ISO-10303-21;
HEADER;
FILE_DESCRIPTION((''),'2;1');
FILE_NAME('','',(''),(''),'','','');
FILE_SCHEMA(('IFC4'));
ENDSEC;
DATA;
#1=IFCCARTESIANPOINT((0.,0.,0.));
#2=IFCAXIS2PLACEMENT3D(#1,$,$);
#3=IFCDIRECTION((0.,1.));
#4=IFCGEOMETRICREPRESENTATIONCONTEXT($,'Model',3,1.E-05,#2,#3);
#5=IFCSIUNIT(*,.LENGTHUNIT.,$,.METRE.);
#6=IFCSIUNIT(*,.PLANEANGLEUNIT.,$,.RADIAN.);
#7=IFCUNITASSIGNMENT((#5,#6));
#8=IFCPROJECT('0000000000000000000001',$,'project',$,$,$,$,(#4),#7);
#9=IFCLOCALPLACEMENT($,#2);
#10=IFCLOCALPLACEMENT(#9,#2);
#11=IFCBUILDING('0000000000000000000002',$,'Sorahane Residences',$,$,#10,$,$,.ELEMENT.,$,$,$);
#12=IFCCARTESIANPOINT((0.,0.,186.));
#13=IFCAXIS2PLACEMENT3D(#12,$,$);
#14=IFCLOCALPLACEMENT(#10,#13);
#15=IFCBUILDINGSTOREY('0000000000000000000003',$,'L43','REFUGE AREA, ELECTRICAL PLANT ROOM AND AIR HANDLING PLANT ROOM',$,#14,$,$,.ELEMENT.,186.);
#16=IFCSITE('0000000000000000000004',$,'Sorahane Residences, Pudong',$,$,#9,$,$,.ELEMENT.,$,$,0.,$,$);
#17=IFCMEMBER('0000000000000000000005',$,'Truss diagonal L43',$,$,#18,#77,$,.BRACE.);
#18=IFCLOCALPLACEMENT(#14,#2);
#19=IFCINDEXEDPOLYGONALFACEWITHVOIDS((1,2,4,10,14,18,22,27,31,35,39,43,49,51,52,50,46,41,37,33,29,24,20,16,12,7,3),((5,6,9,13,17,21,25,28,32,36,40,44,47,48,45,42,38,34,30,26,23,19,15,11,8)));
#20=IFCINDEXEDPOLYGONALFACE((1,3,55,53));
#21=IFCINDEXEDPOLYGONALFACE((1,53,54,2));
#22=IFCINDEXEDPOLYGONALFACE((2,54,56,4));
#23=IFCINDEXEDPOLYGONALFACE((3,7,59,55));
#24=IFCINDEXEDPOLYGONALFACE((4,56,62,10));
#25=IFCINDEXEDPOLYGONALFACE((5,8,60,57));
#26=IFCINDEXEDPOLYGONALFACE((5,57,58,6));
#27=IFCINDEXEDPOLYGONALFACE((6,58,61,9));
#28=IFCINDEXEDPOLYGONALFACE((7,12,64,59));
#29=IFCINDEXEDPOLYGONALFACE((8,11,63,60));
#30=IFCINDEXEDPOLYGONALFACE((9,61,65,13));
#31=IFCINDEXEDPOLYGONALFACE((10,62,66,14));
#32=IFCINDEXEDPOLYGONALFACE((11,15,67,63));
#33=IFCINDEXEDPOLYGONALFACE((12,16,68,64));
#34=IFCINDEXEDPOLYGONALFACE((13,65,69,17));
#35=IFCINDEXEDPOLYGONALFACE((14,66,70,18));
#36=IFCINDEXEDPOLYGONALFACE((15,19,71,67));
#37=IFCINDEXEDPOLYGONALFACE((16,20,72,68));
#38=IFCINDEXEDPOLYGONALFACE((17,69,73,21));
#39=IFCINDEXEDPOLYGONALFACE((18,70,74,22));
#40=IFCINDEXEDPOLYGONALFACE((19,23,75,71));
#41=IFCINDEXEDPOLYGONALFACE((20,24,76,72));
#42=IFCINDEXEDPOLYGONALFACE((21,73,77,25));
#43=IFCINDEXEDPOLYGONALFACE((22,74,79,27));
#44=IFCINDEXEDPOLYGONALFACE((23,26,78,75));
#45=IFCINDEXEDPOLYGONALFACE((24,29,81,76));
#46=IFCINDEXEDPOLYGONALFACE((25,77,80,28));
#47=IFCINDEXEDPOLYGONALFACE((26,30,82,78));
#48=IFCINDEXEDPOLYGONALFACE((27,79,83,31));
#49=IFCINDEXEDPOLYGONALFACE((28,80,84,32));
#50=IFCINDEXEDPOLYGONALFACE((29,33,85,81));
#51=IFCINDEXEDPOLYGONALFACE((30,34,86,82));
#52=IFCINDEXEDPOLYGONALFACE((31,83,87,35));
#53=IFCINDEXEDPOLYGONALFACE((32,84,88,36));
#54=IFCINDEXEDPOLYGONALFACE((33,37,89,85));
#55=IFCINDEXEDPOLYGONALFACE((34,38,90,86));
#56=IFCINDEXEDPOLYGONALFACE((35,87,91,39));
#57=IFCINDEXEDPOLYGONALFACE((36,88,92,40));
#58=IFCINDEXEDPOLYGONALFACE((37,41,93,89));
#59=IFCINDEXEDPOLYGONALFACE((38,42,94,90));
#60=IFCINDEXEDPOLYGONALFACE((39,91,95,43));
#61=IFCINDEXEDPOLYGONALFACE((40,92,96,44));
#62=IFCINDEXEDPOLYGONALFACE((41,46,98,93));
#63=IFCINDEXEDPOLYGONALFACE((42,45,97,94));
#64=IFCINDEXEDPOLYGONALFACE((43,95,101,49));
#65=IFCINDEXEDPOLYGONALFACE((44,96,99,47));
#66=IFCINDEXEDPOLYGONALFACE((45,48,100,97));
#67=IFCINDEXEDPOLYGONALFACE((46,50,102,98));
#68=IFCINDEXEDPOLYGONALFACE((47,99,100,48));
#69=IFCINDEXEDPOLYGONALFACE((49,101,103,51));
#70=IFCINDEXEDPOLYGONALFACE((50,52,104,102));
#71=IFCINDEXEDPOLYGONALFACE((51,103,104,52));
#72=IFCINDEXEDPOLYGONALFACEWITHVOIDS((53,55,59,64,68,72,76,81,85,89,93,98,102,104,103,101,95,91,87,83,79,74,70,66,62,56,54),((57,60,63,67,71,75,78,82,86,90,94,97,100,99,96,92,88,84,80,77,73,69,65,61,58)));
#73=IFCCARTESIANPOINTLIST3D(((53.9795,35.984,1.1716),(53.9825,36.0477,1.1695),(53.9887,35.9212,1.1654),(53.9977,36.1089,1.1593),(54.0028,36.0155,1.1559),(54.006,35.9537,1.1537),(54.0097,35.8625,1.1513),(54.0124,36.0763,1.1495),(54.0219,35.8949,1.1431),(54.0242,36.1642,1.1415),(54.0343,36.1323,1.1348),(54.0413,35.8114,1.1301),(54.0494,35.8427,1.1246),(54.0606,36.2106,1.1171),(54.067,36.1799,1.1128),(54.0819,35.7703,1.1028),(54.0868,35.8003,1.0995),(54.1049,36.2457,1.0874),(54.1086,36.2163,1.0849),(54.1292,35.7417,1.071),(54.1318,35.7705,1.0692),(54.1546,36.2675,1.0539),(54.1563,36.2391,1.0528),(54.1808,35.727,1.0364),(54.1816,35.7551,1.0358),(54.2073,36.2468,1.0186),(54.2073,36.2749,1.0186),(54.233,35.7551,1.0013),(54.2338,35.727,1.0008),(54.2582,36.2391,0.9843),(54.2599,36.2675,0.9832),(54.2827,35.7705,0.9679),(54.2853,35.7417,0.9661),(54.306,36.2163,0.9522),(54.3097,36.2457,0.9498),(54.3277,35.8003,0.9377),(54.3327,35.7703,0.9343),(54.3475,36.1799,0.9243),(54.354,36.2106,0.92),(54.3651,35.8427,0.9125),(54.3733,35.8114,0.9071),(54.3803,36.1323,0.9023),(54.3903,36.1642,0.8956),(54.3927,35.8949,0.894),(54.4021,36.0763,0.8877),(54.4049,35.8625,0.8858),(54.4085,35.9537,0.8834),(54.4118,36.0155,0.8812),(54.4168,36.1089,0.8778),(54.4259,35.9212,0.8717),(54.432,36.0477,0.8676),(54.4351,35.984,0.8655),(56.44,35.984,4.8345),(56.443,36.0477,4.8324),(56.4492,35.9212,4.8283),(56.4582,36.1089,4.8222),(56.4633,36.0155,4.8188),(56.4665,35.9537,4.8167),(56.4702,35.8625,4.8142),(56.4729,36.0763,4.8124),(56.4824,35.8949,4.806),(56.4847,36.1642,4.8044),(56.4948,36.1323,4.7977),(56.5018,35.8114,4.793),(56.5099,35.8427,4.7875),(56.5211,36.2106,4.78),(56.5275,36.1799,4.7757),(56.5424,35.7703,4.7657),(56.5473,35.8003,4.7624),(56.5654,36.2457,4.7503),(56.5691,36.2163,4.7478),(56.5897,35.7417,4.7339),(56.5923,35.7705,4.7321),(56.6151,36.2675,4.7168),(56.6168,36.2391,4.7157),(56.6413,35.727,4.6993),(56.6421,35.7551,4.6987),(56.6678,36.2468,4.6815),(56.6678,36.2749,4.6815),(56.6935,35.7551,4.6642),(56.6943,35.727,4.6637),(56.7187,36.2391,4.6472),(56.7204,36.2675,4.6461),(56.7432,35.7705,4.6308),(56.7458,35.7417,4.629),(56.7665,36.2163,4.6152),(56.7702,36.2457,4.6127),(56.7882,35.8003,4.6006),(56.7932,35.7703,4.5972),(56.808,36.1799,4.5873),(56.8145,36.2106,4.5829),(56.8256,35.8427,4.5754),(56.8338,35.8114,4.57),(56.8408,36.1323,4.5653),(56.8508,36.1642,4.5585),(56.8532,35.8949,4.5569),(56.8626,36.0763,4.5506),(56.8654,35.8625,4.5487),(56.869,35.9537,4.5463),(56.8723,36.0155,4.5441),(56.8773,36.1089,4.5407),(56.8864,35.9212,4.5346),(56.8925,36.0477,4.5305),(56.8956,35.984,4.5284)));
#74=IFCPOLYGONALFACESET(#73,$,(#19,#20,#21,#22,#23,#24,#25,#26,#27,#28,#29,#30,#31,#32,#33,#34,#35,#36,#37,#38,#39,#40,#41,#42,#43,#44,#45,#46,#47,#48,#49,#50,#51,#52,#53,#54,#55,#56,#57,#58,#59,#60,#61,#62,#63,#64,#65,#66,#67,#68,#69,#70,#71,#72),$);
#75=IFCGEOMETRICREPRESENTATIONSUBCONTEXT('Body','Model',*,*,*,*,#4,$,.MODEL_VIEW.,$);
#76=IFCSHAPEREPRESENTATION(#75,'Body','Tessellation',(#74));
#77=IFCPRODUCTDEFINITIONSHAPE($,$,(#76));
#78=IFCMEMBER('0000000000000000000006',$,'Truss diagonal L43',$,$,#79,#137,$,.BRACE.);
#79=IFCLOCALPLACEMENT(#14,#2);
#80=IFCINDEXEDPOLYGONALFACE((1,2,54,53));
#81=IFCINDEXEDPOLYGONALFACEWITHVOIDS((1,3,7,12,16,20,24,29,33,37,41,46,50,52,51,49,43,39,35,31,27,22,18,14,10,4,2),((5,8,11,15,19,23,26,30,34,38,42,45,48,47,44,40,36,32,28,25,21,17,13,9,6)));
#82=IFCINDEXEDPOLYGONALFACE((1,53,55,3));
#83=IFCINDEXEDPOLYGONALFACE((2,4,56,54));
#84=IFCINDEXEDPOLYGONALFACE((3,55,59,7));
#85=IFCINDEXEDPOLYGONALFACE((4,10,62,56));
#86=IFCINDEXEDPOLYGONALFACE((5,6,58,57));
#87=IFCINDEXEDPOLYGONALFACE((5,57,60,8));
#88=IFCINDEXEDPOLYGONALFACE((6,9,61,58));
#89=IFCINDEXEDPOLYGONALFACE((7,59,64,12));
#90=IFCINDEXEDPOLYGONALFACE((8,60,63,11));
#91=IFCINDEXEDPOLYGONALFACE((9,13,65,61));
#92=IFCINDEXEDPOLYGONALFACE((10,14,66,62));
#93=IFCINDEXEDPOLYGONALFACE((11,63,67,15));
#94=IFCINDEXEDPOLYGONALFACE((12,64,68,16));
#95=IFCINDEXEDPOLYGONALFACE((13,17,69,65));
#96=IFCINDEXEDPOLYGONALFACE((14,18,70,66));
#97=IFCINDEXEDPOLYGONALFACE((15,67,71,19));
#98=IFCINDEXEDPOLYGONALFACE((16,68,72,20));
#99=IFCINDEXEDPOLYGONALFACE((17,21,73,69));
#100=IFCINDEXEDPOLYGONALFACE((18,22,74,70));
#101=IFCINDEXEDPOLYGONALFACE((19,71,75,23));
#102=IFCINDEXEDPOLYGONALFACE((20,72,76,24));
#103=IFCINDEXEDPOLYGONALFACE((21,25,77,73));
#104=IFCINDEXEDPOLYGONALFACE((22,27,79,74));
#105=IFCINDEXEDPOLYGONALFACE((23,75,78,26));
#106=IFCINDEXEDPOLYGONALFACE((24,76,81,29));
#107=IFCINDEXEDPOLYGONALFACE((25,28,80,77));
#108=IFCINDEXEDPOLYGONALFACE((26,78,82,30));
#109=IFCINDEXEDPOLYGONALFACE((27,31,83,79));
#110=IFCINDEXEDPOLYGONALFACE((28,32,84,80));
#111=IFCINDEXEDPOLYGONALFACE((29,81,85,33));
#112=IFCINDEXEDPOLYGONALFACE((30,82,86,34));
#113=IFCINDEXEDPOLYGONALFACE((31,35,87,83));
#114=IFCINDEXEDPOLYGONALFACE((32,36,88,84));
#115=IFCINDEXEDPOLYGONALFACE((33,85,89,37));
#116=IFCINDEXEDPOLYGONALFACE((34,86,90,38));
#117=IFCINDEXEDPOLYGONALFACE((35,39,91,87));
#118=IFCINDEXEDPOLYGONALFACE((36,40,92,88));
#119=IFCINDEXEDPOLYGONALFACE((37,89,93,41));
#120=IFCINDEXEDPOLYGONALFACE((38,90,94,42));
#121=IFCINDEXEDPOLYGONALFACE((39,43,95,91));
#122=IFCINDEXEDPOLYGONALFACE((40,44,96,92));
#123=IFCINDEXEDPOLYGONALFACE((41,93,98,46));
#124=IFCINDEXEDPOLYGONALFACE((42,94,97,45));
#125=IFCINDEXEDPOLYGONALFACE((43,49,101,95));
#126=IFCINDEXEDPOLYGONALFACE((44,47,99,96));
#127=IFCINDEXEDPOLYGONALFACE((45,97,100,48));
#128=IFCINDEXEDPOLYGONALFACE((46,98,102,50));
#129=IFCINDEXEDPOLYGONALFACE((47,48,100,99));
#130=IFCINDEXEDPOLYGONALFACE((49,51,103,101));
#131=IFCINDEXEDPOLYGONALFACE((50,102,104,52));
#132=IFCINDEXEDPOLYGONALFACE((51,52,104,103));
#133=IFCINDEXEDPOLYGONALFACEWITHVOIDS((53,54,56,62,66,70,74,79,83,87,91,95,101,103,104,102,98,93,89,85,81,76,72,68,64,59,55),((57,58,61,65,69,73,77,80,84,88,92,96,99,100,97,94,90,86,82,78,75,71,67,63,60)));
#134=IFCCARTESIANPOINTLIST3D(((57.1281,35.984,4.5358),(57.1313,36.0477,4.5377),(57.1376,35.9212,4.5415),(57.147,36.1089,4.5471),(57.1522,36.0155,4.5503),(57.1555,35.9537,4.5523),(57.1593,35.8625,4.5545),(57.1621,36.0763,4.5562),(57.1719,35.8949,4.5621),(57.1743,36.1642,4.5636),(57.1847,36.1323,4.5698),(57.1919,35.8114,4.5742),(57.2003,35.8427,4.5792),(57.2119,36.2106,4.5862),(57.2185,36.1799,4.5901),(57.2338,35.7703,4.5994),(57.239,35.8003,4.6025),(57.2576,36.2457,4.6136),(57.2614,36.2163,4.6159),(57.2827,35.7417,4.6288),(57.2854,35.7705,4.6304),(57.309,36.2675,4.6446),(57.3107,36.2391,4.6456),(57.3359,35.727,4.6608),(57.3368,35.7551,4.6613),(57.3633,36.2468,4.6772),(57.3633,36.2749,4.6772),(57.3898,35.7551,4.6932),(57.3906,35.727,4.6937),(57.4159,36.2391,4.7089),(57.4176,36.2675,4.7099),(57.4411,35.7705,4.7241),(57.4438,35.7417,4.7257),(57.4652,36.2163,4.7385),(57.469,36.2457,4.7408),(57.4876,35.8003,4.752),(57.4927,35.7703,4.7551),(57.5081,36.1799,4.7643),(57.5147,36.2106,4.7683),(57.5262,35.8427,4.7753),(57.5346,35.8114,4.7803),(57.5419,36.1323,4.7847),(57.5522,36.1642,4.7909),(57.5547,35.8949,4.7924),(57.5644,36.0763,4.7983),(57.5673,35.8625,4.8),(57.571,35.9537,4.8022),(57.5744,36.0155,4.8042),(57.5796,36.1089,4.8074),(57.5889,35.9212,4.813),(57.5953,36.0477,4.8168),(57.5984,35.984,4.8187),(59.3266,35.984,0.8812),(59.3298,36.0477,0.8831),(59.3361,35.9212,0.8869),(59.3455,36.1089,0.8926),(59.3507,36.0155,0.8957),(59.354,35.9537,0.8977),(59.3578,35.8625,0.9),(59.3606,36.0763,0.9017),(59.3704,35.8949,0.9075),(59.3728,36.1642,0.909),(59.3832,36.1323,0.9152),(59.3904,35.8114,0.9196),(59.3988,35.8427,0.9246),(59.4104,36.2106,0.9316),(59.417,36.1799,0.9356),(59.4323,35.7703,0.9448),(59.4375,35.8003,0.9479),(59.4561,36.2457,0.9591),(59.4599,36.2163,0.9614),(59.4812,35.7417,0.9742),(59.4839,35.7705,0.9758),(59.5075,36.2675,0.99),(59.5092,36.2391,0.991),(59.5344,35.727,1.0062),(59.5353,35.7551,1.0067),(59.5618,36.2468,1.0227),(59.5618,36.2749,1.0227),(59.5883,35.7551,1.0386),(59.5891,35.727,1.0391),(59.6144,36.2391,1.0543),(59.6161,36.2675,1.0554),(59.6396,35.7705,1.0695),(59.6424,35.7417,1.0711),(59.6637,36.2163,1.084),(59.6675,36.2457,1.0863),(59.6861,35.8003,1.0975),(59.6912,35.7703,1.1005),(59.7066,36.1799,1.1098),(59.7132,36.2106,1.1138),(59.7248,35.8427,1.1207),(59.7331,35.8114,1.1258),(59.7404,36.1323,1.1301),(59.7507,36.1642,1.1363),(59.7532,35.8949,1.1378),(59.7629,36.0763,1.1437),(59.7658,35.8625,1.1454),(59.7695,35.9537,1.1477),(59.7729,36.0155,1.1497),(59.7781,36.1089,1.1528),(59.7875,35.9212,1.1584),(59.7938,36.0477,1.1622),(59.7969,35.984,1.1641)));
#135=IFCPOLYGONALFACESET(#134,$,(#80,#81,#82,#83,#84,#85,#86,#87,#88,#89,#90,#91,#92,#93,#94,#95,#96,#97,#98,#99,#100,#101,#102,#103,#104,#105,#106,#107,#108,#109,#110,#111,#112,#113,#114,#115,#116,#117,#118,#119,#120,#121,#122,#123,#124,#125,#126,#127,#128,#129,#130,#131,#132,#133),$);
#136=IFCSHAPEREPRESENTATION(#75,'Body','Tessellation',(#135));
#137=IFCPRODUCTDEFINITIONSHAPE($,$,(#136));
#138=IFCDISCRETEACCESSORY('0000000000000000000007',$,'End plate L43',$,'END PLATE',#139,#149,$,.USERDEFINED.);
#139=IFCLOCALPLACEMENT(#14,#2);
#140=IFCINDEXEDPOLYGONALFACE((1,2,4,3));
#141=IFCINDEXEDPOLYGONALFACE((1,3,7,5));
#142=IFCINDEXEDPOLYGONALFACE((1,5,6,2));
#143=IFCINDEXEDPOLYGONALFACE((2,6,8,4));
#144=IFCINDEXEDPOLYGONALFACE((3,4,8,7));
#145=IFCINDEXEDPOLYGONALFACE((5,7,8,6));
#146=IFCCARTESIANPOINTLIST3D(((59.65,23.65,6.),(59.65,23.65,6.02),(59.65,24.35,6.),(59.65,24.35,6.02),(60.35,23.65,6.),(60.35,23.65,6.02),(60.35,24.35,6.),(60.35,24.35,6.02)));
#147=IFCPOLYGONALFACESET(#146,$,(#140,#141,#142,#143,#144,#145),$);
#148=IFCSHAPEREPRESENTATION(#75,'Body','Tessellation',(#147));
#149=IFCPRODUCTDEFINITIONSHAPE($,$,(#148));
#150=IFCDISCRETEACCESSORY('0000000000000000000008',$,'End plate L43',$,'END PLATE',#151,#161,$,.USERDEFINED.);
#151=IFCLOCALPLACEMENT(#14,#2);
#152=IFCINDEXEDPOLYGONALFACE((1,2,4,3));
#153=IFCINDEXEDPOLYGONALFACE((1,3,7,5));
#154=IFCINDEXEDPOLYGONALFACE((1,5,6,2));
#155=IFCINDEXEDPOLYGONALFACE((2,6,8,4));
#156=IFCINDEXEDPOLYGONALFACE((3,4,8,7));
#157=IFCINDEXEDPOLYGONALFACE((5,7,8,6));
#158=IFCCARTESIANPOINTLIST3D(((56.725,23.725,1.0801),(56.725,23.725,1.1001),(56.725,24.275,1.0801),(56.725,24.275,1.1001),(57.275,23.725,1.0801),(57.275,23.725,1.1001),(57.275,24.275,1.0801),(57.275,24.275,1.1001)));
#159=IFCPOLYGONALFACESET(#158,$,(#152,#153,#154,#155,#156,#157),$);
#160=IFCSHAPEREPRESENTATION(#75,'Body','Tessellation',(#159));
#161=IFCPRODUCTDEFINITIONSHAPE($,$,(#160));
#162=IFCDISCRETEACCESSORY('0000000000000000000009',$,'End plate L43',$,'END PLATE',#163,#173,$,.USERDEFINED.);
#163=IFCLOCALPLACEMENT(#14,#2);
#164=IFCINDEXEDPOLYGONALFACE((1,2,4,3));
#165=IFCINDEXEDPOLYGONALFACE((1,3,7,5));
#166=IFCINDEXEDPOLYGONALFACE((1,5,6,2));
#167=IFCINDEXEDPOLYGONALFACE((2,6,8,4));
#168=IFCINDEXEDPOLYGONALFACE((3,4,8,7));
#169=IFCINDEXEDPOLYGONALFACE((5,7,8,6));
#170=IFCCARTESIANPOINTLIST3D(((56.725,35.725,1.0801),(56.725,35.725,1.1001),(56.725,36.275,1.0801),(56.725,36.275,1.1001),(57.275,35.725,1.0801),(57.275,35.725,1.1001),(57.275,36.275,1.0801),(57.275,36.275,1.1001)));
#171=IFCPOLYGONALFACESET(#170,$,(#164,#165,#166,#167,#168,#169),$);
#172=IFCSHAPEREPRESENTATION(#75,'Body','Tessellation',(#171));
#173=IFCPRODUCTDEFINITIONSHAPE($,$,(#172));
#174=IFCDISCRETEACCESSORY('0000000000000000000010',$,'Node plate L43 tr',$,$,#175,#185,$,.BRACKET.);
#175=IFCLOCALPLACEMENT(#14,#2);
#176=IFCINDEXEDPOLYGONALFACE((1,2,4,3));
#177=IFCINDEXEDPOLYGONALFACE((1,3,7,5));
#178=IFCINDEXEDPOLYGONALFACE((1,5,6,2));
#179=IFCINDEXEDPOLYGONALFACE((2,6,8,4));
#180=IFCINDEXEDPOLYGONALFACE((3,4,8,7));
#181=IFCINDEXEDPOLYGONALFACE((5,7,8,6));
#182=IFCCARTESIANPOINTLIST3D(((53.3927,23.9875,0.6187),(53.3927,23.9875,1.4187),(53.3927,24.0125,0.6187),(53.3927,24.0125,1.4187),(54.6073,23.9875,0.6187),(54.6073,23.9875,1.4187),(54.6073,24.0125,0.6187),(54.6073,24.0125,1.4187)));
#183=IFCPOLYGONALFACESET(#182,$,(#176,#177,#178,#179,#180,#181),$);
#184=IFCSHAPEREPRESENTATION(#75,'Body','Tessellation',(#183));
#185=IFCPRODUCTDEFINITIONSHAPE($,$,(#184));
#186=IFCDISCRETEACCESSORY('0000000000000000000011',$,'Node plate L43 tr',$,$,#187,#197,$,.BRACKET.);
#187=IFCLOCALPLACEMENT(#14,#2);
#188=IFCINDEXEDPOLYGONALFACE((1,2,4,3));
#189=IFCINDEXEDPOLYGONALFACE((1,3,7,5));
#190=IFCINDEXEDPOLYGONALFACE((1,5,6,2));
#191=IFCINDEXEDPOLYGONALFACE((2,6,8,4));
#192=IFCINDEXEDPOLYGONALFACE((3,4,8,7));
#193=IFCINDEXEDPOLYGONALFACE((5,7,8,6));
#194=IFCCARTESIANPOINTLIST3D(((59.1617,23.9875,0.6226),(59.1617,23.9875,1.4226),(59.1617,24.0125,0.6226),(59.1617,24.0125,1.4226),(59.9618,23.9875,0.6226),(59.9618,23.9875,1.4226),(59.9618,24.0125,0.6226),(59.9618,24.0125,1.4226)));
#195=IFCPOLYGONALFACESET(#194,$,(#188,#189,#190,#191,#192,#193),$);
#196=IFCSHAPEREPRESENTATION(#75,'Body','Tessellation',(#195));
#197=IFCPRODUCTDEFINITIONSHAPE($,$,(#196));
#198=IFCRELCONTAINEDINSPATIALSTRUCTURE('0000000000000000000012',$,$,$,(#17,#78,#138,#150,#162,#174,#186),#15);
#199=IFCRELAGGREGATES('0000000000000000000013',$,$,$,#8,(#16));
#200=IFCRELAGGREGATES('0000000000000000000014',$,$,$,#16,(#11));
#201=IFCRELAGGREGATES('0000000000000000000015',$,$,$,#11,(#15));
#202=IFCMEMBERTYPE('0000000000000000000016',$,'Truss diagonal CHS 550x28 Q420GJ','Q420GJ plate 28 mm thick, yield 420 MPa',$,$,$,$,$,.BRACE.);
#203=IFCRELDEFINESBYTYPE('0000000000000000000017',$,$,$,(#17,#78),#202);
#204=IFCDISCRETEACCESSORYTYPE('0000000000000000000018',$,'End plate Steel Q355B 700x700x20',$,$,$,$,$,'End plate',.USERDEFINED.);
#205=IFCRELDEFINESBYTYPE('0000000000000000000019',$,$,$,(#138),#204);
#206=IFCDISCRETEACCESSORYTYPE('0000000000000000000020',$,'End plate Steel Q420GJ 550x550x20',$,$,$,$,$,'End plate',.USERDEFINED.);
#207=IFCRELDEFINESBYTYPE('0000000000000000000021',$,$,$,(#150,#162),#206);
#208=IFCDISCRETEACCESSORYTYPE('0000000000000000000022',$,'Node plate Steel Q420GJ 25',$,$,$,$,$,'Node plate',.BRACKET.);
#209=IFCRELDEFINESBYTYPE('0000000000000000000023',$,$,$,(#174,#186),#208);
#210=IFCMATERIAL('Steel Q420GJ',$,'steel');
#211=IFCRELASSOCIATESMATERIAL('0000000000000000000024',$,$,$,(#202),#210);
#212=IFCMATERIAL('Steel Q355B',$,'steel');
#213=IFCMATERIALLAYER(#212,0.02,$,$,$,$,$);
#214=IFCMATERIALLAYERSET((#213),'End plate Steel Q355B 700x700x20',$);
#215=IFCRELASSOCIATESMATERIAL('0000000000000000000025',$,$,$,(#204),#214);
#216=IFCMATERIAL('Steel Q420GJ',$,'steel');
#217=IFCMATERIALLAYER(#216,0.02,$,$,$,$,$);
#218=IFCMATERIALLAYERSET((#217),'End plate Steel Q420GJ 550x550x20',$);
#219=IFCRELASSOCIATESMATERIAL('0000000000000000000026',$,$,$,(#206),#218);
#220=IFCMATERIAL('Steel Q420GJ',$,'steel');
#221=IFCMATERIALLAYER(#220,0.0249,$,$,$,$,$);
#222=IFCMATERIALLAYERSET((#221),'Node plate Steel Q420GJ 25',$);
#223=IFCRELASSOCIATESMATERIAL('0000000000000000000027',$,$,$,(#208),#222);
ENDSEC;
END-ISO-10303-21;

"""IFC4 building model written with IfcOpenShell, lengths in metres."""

from ifc_helpers import new_model, si_unit, direction, frame, origin, origin_2d, place, context, subcontext, project, spatial, rectangle, hollow_circle, extrude, material, layer, layer_set, material_profile, profile_set, type_object, element, save


model = new_model("IFC4")

# Units and contexts
model_context = context("Model", 3, precision=1e-05, world=origin(), true_north=direction((0.0, 1.0)))
body_context = subcontext(model_context, "Body", "Model", "MODEL_VIEW")
ifc_project = project(units=[si_unit("LENGTHUNIT", "METRE"), si_unit("PLANEANGLEUNIT", "RADIAN")], contexts=[model_context])

# Site, building, storey
site_placement = place(None, origin())
site = spatial("IfcSite", under=ifc_project, at=site_placement, Name="Sorahane Residences, Pudong", CompositionType="ELEMENT", RefElevation=0.0)
building_placement = place(site_placement, origin())
building = spatial("IfcBuilding", under=site, at=building_placement, Name="Sorahane Residences", CompositionType="ELEMENT")
storey_placement = place(building_placement, frame((0.0, 0.0, 186.0)))
storey = spatial("IfcBuildingStorey", under=building, at=storey_placement, Name="L43", Description="REFUGE AREA, ELECTRICAL PLANT ROOM AND AIR HANDLING PLANT ROOM", CompositionType="ELEMENT", Elevation=186.0)

# Members
ifc_material_1 = material(Name="Steel Q420GJ", Category="steel")
ifc_material_profile_1 = material_profile(ifc_material_1, hollow_circle(Radius=0.2749, WallThickness=0.0281, at=origin_2d()), Name="CHS 550x28")
ifc_profile_set_1 = profile_set([ifc_material_profile_1], Name="Steel Q420GJ")
member_type = type_object("IfcMemberType", Name="Truss diagonal CHS 550x28 Q420GJ", Description="Q420GJ plate 28 mm thick, yield 420 MPa", PredefinedType="BRACE", material=ifc_profile_set_1)
member_1_placement = place(storey_placement, frame((54.2073, 36.0, 1.0186), z_axis=(0.557608, 0.0, 0.830104), x_axis=(0.0, 1.0, 0.0)))
element("IfcMember", 1, at=member_1_placement, inside=storey, type_object=member_type, Name="Truss diagonal L43", PredefinedType="BRACE", context=body_context, shape_type="SweptSolid", body=[
    extrude(hollow_circle(Radius=0.2749, WallThickness=0.0281, at=origin_2d()), origin(), (0.0, 0.0, 1.0), 4.4126),
])
member_2_placement = place(storey_placement, frame((57.3633, 36.0, 4.6772), z_axis=(0.515489, 0.0, -0.856896), x_axis=(0.0, 1.0, 0.0)))
element("IfcMember", 2, at=member_2_placement, inside=storey, type_object=member_type, Name="Truss diagonal L43", PredefinedType="BRACE", context=body_context, shape_type="SweptSolid", body=[
    extrude(hollow_circle(Radius=0.2749, WallThickness=0.0281, at=origin_2d()), origin(), (0.0, 0.0, 1.0), 4.2649),
])

# Discrete accessories
ifc_material_2 = material(Name="Steel Q355B", Category="steel")
ifc_layer_1 = layer(ifc_material_2, 0.02)
ifc_layer_set_1 = layer_set([ifc_layer_1], Name="End plate Steel Q355B 700x700x20")
discrete_accessory_type_1 = type_object("IfcDiscreteAccessoryType", Name="End plate Steel Q355B 700x700x20", ElementType="End plate", PredefinedType="USERDEFINED", material=ifc_layer_set_1)
discrete_accessory_1_placement = place(storey_placement, frame((60.0, 24.0, 6.0), z_axis=(0.0, 0.0, 1.0), x_axis=(1.0, 0.0, 0.0)))
element("IfcDiscreteAccessory", 3, at=discrete_accessory_1_placement, inside=storey, type_object=discrete_accessory_type_1, Name="End plate L43", ObjectType="END PLATE", PredefinedType="USERDEFINED", context=body_context, shape_type="SweptSolid", body=[
    extrude(rectangle(XDim=0.7, YDim=0.7, at=origin_2d()), origin(), (0.0, 0.0, 1.0), 0.02),
])
ifc_material_3 = material(Name="Steel Q420GJ", Category="steel")
ifc_layer_2 = layer(ifc_material_3, 0.02)
ifc_layer_set_2 = layer_set([ifc_layer_2], Name="End plate Steel Q420GJ 550x550x20")
discrete_accessory_type_2 = type_object("IfcDiscreteAccessoryType", Name="End plate Steel Q420GJ 550x550x20", ElementType="End plate", PredefinedType="USERDEFINED", material=ifc_layer_set_2)
for number, where, z_axis, x_axis, name in (
    (4, (57.0, 24.0, 1.0801), (0.0, 0.0, 1.0), (1.0, 0.0, 0.0), "End plate L43"),
    (5, (57.0, 36.0, 1.0801), (0.0, 0.0, 1.0), (1.0, 0.0, 0.0), "End plate L43"),
):
    element("IfcDiscreteAccessory", number, at=place(storey_placement, frame(where, z_axis=z_axis, x_axis=x_axis)), inside=storey, type_object=discrete_accessory_type_2, Name=name, ObjectType="END PLATE", PredefinedType="USERDEFINED", context=body_context, shape_type="SweptSolid", body=[
        extrude(rectangle(XDim=0.55, YDim=0.55, at=origin_2d()), origin(), (0.0, 0.0, 1.0), 0.02),
    ])
ifc_material_4 = material(Name="Steel Q420GJ", Category="steel")
ifc_layer_3 = layer(ifc_material_4, 0.0249)
ifc_layer_set_3 = layer_set([ifc_layer_3], Name="Node plate Steel Q420GJ 25")
discrete_accessory_type_3 = type_object("IfcDiscreteAccessoryType", Name="Node plate Steel Q420GJ 25", ElementType="Node plate", PredefinedType="BRACKET", material=ifc_layer_set_3)
discrete_accessory_2_placement = place(storey_placement, frame((54.0, 24.0, 0.6187), z_axis=(0.0, 0.0, 1.0), x_axis=(1.0, 0.0, 0.0)))
element("IfcDiscreteAccessory", 6, at=discrete_accessory_2_placement, inside=storey, type_object=discrete_accessory_type_3, Name="Node plate L43 tr", PredefinedType="BRACKET", context=body_context, shape_type="SweptSolid", body=[
    extrude(rectangle(XDim=1.2146, YDim=0.0249, at=origin_2d()), origin(), (0.0, 0.0, 1.0), 0.8),
])
discrete_accessory_3_placement = place(storey_placement, frame((59.5618, 24.0, 0.6226), z_axis=(0.0, 0.0, 1.0), x_axis=(1.0, 0.0, 0.0)))
element("IfcDiscreteAccessory", 7, at=discrete_accessory_3_placement, inside=storey, type_object=discrete_accessory_type_3, Name="Node plate L43 tr", PredefinedType="BRACKET", context=body_context, shape_type="SweptSolid", body=[
    extrude(rectangle(XDim=0.8, YDim=0.0249, at=origin_2d()), origin(), (0.0, 0.0, 1.0), 0.8),
])

save(model, "model.ifc")
